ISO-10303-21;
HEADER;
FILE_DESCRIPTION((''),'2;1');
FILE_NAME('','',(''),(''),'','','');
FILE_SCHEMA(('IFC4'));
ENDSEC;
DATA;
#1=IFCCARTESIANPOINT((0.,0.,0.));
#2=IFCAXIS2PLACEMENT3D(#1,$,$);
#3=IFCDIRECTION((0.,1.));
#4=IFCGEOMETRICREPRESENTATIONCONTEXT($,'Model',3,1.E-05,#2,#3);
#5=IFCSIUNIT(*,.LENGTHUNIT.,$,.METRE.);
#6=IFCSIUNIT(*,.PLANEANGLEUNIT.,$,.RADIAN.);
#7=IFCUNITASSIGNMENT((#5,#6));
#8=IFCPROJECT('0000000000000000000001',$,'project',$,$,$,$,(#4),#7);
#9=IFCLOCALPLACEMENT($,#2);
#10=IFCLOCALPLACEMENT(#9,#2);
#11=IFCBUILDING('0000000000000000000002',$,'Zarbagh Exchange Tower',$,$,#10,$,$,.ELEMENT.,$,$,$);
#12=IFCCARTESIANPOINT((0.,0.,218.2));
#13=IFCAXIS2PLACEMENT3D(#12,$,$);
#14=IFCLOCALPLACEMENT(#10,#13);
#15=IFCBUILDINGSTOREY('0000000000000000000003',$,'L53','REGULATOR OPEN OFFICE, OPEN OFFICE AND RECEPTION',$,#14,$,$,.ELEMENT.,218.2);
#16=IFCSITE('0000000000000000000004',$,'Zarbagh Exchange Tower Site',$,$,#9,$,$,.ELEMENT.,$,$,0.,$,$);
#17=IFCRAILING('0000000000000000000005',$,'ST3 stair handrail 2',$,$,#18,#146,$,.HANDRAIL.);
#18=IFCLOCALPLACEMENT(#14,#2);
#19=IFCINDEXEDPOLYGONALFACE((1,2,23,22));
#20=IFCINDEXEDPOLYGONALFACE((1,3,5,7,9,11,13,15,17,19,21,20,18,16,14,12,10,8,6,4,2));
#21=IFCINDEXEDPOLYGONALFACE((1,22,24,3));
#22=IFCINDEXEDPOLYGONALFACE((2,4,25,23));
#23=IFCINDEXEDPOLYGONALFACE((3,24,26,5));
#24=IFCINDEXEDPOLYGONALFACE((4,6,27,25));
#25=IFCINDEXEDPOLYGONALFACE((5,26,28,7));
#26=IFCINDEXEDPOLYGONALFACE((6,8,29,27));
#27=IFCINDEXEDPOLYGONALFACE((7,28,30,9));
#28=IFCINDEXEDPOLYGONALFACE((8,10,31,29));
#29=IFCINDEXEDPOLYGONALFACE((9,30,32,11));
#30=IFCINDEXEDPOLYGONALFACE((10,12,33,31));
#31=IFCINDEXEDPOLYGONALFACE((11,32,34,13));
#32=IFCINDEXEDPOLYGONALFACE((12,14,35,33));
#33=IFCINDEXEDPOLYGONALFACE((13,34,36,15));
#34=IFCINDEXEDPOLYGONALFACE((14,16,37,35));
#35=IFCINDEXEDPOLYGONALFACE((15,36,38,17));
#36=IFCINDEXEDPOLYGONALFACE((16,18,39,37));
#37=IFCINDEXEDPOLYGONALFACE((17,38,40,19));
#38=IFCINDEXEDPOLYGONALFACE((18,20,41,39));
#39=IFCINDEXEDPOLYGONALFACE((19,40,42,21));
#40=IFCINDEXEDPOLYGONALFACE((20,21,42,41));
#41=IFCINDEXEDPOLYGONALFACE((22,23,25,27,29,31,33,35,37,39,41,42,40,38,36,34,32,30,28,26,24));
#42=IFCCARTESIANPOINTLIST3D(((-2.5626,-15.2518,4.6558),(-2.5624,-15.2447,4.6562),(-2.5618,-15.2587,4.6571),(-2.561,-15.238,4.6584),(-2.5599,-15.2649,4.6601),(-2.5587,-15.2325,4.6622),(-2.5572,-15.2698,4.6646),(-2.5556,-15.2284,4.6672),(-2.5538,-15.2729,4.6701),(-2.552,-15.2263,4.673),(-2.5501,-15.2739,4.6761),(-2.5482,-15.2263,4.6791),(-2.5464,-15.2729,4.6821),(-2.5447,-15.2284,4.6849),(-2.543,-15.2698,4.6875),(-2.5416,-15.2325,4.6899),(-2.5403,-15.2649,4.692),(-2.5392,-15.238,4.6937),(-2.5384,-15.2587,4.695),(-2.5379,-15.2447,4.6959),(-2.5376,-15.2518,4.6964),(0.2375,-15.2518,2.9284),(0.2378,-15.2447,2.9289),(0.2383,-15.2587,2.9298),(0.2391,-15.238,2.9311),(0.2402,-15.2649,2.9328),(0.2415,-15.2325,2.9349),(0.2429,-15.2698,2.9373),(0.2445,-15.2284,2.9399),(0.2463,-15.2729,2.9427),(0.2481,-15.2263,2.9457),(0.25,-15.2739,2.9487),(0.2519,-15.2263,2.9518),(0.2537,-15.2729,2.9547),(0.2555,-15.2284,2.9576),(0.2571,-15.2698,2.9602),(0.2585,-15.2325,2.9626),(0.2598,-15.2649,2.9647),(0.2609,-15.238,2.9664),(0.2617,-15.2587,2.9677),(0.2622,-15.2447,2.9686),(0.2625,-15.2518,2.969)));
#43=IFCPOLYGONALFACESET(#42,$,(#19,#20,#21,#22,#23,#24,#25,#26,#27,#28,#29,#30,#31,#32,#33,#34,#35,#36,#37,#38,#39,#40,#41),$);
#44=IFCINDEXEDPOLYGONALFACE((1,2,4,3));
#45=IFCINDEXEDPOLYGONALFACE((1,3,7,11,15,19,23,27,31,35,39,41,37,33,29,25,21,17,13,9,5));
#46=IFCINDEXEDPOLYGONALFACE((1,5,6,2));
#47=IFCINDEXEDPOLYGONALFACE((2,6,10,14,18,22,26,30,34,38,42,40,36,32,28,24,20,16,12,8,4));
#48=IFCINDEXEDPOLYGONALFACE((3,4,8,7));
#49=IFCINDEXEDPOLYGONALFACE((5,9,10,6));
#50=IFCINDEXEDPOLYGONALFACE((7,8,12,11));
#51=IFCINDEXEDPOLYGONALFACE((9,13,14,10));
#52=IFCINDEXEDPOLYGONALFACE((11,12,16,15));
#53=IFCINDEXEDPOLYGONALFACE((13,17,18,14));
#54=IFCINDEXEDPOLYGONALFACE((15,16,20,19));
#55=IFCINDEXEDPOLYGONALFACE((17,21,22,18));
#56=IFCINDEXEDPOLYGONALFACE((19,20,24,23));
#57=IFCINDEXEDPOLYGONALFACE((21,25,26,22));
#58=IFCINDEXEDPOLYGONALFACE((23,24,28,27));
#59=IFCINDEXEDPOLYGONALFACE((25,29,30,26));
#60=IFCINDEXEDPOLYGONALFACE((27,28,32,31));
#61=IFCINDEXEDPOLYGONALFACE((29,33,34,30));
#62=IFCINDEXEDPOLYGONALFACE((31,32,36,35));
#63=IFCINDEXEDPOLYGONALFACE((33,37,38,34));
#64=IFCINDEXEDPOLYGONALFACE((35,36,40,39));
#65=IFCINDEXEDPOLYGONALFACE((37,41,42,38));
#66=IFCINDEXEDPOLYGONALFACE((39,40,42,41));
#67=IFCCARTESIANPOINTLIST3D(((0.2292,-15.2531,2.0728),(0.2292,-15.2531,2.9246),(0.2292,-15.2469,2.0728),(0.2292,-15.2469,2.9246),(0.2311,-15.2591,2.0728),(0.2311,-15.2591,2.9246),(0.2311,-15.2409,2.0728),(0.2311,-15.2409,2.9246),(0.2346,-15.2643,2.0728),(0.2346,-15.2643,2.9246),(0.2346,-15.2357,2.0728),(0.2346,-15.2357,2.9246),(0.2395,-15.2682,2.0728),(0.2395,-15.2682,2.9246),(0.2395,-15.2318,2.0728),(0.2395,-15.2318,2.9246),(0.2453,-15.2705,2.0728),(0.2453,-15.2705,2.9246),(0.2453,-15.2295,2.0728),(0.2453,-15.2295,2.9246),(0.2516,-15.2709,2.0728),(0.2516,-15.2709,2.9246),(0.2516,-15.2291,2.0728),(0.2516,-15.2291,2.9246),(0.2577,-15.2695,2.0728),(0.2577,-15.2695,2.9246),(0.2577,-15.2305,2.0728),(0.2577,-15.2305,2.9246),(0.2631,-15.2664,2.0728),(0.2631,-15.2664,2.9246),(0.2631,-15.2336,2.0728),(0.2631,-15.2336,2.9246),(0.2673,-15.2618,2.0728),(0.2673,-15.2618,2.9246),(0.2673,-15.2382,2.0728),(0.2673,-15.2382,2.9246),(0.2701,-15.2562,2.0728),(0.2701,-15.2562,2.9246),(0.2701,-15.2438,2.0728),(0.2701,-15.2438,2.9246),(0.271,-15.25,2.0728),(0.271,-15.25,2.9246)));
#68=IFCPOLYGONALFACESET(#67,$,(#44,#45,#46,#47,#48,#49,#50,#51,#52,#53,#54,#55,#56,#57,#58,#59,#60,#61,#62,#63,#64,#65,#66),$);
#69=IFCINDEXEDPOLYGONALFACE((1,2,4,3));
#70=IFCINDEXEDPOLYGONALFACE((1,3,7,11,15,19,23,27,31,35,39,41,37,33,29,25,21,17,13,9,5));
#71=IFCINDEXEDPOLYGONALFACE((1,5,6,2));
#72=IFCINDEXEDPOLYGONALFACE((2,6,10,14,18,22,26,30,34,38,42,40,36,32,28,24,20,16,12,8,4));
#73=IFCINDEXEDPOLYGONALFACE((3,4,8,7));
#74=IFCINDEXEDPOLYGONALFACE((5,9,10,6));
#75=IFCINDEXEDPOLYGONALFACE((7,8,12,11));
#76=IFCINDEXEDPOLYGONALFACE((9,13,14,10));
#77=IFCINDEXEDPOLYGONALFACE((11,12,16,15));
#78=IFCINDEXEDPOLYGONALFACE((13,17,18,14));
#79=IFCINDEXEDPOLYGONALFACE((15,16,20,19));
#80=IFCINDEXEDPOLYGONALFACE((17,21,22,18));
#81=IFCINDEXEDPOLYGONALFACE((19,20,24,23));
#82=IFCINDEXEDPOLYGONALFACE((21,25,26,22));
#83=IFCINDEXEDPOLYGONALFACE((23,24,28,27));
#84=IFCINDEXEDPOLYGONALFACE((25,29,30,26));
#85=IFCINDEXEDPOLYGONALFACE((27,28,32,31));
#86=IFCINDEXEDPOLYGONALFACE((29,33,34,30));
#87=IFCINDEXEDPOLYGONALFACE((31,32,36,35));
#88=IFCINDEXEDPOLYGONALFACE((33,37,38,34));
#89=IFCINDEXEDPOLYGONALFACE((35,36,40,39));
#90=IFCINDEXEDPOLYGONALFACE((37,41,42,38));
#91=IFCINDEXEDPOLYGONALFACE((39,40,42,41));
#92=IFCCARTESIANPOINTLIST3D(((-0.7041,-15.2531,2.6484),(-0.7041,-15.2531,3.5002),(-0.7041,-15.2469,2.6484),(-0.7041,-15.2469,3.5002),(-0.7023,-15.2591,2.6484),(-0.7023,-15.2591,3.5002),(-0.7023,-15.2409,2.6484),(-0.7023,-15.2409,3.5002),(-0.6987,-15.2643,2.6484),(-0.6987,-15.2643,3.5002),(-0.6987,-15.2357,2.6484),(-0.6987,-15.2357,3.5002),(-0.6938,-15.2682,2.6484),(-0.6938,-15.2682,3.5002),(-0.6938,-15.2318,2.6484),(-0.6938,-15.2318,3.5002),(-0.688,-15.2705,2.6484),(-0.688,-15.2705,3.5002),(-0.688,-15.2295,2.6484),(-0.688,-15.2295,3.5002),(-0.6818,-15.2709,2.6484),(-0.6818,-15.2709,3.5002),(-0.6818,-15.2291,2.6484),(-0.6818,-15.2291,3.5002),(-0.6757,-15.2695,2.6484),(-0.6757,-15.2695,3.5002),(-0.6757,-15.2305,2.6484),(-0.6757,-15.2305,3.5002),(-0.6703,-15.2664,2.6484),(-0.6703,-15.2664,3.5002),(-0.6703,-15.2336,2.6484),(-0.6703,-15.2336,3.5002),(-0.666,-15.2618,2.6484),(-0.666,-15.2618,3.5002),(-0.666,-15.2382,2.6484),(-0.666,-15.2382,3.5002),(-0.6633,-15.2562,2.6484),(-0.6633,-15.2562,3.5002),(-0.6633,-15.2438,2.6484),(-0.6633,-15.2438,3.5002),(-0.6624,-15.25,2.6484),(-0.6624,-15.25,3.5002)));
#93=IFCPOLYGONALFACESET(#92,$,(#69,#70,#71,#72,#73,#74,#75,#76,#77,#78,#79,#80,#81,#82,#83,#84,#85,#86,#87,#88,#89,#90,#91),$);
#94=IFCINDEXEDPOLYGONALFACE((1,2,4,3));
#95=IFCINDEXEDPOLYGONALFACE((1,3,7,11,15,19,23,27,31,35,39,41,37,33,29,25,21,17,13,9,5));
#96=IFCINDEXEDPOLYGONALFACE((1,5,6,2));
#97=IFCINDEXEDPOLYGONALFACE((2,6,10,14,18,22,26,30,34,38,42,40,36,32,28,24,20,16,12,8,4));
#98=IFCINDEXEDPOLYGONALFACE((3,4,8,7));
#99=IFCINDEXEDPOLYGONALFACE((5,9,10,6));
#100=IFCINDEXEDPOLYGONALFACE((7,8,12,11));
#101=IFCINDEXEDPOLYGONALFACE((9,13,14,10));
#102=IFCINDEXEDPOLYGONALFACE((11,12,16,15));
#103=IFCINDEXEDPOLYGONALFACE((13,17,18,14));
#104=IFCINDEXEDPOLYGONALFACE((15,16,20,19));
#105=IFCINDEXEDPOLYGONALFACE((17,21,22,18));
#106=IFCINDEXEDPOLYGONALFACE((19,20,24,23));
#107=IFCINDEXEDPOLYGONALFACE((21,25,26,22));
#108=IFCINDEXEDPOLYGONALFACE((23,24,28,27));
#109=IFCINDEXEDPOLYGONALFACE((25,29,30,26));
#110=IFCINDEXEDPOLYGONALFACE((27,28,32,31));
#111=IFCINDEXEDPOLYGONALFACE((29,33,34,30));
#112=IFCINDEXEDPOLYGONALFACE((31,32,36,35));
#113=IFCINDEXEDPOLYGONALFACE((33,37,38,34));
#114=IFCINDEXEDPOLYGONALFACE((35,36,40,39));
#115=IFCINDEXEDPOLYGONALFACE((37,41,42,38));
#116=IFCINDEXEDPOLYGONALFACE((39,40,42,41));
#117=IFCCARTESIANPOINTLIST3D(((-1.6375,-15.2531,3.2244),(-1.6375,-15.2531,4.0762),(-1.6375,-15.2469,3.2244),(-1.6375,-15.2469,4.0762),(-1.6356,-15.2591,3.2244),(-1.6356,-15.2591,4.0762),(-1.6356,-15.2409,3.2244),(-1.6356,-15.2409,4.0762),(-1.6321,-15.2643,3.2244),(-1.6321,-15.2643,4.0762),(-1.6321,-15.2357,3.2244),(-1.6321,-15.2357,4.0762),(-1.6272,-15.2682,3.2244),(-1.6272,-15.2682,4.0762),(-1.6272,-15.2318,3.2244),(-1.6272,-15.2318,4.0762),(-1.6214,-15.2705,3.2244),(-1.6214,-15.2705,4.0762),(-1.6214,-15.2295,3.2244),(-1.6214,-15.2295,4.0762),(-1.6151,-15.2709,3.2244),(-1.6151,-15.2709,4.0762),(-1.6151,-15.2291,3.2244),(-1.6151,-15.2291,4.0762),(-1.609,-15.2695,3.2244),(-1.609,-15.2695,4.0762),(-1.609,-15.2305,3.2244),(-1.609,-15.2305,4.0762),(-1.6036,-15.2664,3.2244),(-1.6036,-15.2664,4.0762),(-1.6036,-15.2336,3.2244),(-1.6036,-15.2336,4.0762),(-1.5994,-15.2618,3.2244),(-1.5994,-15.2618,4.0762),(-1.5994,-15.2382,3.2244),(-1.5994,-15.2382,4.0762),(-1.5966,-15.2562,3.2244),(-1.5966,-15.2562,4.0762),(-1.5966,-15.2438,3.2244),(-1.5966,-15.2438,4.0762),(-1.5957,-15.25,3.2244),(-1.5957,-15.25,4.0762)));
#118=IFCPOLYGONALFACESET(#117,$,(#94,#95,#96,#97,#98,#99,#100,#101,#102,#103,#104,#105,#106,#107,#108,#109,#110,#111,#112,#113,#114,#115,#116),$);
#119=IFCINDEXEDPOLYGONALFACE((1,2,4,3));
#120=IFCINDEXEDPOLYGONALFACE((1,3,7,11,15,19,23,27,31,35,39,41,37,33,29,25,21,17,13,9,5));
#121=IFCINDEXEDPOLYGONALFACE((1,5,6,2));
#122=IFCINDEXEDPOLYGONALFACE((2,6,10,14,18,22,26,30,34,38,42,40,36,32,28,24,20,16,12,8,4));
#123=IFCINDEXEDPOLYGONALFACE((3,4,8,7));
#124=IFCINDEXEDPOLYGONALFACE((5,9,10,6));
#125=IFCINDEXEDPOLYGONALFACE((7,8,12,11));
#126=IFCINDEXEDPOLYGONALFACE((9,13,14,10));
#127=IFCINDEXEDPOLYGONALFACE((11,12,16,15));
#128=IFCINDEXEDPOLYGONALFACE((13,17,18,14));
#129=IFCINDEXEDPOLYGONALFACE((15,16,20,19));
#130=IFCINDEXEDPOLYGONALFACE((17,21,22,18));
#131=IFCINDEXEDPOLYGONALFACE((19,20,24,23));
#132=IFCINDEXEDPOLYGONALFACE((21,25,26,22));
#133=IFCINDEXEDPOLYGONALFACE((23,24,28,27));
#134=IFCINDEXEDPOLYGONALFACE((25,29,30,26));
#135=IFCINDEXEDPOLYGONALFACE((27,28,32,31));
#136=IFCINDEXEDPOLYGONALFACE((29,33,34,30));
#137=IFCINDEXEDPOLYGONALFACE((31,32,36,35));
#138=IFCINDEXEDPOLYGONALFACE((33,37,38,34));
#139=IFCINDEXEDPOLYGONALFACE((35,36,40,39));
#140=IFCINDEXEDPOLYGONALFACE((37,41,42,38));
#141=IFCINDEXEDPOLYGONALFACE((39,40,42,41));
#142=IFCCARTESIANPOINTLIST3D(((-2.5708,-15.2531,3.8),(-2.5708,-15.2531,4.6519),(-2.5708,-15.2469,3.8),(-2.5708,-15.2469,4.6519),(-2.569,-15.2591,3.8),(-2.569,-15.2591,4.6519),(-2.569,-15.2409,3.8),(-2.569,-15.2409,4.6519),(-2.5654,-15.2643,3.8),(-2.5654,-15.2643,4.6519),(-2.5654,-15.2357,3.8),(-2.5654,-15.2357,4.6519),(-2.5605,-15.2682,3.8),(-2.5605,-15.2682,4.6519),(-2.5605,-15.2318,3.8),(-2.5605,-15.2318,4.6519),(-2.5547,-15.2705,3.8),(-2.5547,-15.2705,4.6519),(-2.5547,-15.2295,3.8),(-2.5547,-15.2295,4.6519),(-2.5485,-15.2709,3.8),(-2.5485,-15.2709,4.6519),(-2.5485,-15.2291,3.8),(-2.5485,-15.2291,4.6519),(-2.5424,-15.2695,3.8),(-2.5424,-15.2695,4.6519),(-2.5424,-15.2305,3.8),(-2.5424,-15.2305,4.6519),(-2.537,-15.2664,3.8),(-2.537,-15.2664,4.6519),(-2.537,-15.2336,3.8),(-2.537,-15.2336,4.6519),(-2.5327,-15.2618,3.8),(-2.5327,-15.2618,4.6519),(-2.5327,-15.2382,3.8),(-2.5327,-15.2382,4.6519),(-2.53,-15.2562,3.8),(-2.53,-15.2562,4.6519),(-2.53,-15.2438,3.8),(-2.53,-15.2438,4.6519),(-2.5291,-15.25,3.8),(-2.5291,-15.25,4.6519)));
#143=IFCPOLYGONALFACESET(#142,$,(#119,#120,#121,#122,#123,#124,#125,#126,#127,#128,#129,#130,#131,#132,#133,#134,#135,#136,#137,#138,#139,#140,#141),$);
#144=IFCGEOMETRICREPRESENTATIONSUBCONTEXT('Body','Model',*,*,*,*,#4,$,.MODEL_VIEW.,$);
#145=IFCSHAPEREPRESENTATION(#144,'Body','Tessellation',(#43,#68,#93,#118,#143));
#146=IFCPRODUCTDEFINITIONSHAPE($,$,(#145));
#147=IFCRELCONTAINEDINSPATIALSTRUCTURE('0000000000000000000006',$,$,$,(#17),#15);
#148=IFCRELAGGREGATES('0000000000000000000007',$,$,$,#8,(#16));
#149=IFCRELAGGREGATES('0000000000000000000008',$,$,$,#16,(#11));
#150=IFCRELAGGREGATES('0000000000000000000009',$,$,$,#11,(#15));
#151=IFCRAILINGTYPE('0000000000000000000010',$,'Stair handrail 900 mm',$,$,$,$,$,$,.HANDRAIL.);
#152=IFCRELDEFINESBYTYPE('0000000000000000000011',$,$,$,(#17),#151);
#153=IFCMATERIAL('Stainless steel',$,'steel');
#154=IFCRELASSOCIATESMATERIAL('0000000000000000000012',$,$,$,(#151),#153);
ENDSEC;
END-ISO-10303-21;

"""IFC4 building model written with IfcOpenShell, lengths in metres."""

from ifc_helpers import new_model, si_unit, direction, frame, origin, origin_2d, place, context, subcontext, project, spatial, circle, extrude, material, type_object, element, save


model = new_model("IFC4")

# Units and contexts
model_context = context("Model", 3, precision=1e-05, world=origin(), true_north=direction((0.0, 1.0)))
body_context = subcontext(model_context, "Body", "Model", "MODEL_VIEW")
ifc_project = project(units=[si_unit("LENGTHUNIT", "METRE"), si_unit("PLANEANGLEUNIT", "RADIAN")], contexts=[model_context])

# Site, building, storey
site_placement = place(None, origin())
site = spatial("IfcSite", under=ifc_project, at=site_placement, Name="Zarbagh Exchange Tower Site", CompositionType="ELEMENT", RefElevation=0.0)
building_placement = place(site_placement, origin())
building = spatial("IfcBuilding", under=site, at=building_placement, Name="Zarbagh Exchange Tower", CompositionType="ELEMENT")
storey_placement = place(building_placement, frame((0.0, 0.0, 218.2)))
storey = spatial("IfcBuildingStorey", under=building, at=storey_placement, Name="L53", Description="REGULATOR OPEN OFFICE, OPEN OFFICE AND RECEPTION", CompositionType="ELEMENT", Elevation=218.2)

# Shared definitions
ifc_material_1 = material(Name="Stainless steel", Category="steel")

# Railing
railing_type_1 = type_object("IfcRailingType", Name="Stair handrail 900 mm", PredefinedType="HANDRAIL", material=ifc_material_1)
railing_1_placement = place(storey_placement, frame((0.25, -15.25, 2.0728)))
element("IfcRailing", 1, at=railing_1_placement, inside=storey, type_object=railing_type_1, Name="ST3 stair handrail 2", PredefinedType="HANDRAIL", context=body_context, shape_type="SweptSolid", body=[
    extrude(circle(Radius=0.0239, at=origin_2d()), frame((0.0, 0.0, 0.876), z_axis=(-0.85109, 0.0, 0.52502), x_axis=(0.0, -1.0, 0.0)), (0.0, 0.0, 1.0), 3.29),
    extrude(circle(Radius=0.021, at=origin_2d()), origin(), (0.0, 0.0, 1.0), 0.8518),
    extrude(circle(Radius=0.021, at=origin_2d()), frame((-0.9333, 0.0, 0.5757)), (0.0, 0.0, 1.0), 0.8518),
    extrude(circle(Radius=0.021, at=origin_2d()), frame((-1.8667, 0.0, 1.1516)), (0.0, 0.0, 1.0), 0.8518),
    extrude(circle(Radius=0.021, at=origin_2d()), frame((-2.8, 0.0, 1.7273)), (0.0, 0.0, 1.0), 0.8518),
])

save(model, "model.ifc")
